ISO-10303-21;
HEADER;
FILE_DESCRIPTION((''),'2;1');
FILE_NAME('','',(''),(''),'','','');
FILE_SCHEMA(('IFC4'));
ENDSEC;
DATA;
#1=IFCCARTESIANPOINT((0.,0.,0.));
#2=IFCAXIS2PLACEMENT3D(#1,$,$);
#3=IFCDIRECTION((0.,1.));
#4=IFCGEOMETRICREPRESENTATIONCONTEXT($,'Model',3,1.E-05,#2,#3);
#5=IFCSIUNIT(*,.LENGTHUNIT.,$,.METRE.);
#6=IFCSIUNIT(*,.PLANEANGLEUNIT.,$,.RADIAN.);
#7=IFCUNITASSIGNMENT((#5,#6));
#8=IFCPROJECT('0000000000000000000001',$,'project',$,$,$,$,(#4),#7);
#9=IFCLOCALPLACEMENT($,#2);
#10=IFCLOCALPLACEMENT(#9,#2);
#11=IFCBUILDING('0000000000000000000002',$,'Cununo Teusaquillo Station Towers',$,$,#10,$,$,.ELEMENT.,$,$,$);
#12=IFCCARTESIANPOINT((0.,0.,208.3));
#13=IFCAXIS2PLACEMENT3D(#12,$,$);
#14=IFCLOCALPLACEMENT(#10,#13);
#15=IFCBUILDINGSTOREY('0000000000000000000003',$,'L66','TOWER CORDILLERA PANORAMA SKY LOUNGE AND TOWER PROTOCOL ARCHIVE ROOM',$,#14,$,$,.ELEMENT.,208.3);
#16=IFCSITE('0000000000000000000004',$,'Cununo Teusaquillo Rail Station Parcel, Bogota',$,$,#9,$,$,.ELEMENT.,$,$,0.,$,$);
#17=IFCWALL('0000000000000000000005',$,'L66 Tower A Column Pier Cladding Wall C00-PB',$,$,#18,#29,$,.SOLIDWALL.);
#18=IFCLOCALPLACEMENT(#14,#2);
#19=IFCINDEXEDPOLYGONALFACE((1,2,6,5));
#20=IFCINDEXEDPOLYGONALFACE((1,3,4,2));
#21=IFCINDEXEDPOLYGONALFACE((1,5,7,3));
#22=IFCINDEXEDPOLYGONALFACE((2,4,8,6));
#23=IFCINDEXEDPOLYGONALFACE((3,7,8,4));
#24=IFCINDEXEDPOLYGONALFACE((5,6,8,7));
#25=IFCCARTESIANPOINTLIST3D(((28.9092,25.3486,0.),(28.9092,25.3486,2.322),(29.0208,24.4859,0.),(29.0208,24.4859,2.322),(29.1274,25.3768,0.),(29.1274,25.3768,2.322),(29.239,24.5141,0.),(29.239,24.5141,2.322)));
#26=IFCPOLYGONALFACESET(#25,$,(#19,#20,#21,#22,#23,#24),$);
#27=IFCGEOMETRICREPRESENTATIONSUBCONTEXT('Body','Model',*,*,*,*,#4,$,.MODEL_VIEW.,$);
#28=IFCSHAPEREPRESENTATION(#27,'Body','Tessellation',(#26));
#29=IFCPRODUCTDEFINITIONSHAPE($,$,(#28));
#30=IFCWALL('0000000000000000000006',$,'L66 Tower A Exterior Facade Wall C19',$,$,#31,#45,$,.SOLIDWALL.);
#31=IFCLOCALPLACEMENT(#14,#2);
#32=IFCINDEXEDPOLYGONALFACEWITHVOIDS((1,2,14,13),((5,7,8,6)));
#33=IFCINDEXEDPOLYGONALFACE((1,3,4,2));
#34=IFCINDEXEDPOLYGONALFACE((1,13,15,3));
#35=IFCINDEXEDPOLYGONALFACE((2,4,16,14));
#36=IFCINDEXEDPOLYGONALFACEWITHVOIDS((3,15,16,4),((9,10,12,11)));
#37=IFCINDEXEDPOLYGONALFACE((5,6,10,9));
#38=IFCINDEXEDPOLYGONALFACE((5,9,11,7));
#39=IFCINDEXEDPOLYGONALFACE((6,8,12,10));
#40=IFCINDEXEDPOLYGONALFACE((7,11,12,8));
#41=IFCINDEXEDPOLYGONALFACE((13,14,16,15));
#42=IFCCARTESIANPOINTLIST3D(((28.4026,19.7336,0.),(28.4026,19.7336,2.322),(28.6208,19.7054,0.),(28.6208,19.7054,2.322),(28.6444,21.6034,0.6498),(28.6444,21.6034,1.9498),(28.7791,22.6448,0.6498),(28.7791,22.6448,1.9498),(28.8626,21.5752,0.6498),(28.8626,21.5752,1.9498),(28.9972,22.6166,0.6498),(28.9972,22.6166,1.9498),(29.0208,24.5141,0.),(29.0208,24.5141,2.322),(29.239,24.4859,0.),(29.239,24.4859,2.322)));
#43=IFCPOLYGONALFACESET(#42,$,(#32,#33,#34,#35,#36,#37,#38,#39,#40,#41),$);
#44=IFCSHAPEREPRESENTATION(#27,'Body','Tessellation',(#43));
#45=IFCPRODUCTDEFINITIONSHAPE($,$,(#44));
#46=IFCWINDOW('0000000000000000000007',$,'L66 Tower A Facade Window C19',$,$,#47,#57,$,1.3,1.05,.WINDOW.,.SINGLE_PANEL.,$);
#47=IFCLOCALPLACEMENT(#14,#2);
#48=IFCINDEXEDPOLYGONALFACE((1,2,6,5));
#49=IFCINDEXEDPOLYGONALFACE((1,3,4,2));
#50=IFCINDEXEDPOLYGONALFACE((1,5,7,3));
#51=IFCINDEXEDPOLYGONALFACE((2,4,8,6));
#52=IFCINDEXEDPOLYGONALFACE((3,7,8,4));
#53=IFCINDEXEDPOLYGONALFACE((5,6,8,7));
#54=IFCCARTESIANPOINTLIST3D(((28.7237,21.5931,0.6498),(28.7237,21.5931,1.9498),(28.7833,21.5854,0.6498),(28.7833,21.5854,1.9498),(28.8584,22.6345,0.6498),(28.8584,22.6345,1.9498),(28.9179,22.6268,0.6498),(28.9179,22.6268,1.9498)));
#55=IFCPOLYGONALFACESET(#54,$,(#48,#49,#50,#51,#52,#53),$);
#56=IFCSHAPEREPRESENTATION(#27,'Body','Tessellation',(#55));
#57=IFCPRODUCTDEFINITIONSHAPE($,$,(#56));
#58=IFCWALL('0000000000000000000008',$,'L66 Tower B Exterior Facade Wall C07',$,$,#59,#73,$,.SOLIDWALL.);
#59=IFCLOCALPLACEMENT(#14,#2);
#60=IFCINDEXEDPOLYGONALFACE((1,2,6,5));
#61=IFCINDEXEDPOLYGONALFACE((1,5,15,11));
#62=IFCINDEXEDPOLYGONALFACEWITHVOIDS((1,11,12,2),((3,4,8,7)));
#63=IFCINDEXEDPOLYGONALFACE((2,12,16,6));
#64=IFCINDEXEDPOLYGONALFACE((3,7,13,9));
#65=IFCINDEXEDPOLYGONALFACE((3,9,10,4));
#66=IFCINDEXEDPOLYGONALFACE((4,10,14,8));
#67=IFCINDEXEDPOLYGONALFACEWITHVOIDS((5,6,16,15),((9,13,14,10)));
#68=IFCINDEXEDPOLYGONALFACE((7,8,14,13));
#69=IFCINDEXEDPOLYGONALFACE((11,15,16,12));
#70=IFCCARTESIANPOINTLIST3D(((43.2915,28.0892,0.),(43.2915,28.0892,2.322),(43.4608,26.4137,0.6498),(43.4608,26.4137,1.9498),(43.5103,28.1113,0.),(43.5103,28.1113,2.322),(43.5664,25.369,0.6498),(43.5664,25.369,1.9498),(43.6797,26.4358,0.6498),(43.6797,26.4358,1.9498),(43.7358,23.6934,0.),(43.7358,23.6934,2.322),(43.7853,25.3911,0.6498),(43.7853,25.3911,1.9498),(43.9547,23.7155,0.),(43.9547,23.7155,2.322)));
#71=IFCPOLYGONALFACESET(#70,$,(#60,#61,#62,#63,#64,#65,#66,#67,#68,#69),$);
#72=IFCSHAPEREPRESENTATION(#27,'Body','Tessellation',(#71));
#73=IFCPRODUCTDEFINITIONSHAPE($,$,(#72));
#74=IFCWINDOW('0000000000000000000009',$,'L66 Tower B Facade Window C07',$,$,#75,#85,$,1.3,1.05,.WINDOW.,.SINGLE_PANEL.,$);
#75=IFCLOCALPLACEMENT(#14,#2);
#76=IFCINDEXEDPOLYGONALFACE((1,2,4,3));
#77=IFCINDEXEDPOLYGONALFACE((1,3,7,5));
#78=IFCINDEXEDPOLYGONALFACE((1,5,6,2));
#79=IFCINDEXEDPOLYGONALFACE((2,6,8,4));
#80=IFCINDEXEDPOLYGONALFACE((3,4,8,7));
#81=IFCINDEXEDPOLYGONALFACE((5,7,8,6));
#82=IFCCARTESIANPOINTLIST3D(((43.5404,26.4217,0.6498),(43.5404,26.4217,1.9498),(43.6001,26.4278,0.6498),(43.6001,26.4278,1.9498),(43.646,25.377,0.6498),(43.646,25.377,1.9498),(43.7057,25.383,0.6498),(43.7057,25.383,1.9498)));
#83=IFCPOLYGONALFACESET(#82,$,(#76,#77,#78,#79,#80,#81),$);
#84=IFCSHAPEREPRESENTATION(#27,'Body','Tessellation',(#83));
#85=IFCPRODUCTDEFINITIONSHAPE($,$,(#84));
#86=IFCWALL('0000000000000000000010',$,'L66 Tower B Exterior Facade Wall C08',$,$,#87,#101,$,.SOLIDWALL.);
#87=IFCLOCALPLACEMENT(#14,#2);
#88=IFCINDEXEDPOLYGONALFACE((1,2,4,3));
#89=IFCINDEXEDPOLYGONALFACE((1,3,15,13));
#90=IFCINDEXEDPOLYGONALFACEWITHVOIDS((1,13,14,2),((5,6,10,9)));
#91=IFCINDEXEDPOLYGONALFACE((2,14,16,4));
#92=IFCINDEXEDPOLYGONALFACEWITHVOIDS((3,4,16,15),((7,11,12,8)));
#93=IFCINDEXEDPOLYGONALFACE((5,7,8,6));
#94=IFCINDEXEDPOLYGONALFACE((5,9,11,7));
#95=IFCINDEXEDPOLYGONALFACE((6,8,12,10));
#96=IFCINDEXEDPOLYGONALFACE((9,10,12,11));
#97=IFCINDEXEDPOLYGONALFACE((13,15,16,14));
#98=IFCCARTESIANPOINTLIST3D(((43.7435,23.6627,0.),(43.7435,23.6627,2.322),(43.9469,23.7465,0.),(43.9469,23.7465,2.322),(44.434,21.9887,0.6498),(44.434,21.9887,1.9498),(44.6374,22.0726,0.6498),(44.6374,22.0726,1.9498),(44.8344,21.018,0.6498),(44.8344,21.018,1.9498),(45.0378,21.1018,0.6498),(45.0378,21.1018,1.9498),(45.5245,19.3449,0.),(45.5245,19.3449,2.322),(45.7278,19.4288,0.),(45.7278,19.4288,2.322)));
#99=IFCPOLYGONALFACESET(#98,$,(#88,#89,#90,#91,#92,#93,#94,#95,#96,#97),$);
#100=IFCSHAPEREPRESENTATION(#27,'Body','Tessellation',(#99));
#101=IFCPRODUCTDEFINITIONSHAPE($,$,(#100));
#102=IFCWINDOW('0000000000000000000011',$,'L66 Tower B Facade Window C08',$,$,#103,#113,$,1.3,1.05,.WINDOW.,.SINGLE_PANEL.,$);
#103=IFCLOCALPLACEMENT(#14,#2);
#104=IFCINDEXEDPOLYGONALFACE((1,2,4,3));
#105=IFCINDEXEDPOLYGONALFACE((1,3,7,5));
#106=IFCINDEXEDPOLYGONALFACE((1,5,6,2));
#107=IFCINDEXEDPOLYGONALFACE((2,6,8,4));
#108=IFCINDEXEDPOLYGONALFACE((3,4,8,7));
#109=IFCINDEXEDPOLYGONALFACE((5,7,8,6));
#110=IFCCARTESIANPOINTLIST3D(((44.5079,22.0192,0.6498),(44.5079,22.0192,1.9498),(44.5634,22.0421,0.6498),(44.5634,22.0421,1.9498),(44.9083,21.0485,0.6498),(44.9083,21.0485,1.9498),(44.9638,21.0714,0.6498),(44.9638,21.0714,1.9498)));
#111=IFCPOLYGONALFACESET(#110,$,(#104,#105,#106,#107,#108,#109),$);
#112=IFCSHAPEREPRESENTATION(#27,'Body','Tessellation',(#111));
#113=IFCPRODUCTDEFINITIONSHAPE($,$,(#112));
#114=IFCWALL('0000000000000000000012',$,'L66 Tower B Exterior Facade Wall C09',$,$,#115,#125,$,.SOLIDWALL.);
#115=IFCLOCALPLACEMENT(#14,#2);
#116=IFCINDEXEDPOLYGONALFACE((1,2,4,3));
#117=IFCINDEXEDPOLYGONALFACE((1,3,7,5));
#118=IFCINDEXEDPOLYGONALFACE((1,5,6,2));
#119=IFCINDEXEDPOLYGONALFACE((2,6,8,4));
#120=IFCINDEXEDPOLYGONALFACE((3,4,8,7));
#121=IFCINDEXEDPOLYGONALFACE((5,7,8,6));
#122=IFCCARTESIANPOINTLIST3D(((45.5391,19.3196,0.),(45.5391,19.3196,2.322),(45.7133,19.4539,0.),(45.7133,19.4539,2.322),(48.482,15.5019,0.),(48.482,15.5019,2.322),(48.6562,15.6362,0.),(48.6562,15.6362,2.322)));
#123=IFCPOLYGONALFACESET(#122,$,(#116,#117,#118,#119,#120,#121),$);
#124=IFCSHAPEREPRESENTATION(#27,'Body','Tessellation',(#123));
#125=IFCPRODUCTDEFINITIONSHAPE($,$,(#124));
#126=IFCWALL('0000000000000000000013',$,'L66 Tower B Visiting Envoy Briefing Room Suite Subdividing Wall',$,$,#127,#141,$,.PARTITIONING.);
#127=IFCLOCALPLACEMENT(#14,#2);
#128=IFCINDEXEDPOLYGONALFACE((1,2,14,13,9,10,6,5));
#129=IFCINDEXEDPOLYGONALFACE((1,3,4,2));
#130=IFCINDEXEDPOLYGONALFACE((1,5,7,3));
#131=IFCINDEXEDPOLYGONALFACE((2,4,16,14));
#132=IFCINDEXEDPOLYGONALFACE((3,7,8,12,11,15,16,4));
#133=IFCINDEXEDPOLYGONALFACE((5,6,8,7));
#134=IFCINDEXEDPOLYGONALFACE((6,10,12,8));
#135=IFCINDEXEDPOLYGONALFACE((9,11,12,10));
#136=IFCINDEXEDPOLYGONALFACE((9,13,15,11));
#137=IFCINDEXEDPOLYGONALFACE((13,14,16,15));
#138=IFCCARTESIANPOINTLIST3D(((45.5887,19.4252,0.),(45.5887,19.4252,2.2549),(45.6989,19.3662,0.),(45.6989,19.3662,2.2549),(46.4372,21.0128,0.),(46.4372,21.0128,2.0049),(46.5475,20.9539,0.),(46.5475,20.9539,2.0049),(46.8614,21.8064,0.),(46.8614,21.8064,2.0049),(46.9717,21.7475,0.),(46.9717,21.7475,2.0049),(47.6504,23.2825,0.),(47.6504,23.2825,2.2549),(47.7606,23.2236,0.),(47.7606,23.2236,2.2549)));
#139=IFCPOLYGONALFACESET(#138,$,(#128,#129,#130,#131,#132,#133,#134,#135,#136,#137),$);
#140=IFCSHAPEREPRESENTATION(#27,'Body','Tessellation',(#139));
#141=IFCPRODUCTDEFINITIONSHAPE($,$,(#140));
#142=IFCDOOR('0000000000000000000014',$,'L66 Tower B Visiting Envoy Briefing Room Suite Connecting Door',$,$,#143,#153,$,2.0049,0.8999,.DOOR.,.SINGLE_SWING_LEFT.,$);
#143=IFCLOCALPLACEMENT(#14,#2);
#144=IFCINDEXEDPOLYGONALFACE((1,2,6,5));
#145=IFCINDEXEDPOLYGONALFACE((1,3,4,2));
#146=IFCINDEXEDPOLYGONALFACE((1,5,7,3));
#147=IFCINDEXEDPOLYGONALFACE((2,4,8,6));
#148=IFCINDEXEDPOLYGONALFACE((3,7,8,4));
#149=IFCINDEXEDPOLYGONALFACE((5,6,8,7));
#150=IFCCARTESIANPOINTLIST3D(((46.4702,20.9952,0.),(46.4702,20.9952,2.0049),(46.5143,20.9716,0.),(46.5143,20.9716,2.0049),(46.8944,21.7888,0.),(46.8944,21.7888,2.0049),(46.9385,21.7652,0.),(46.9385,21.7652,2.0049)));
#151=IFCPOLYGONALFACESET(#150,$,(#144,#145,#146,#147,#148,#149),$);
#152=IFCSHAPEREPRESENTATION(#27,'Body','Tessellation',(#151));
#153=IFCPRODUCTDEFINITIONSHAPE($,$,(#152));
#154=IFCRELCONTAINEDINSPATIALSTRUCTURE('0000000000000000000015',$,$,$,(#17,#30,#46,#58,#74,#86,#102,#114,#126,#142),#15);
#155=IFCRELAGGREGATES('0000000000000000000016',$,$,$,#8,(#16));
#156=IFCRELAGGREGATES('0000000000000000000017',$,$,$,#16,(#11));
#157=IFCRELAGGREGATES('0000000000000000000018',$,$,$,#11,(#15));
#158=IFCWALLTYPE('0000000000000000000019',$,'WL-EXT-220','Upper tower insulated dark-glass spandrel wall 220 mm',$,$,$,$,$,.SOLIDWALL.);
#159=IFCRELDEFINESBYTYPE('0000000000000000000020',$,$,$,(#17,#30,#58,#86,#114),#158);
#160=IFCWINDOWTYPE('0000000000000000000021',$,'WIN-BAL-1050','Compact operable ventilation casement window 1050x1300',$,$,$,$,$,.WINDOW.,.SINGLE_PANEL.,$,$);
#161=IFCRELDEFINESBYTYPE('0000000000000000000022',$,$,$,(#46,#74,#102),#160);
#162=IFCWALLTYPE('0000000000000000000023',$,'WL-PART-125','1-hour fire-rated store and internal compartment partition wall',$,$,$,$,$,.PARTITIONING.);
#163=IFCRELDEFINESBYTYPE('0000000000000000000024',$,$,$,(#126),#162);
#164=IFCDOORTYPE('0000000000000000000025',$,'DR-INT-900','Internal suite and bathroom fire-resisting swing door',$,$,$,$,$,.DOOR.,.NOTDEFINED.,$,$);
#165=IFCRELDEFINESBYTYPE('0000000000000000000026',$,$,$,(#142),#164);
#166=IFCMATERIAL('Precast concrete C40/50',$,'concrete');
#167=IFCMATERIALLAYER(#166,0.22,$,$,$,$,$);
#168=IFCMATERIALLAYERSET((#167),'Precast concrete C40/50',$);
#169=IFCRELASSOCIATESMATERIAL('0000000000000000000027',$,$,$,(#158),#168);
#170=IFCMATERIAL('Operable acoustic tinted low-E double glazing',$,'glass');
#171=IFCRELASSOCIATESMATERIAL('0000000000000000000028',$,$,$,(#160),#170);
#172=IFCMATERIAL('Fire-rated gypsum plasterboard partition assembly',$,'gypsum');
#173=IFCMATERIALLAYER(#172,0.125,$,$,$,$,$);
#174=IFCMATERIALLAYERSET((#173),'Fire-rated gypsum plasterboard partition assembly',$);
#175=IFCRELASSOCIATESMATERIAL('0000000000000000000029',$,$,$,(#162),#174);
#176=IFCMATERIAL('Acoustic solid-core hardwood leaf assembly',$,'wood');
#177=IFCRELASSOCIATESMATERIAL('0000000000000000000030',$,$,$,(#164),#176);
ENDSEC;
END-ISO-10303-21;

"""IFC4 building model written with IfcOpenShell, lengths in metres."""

from ifc_helpers import new_model, si_unit, direction, frame, frame_2d, origin, place, context, subcontext, project, spatial, rectangle, extrude, source, transform, mapped, material, layer, layer_set, type_object, element, fill, save


model = new_model("IFC4")

# Units and contexts
model_context = context("Model", 3, precision=1e-05, world=origin(), true_north=direction((0.0, 1.0)))
body_context = subcontext(model_context, "Body", "Model", "MODEL_VIEW")
ifc_project = project(units=[si_unit("LENGTHUNIT", "METRE"), si_unit("PLANEANGLEUNIT", "RADIAN")], contexts=[model_context])

# Site, building, storey
site_placement = place(None, origin())
site = spatial("IfcSite", under=ifc_project, at=site_placement, Name="Cununo Teusaquillo Rail Station Parcel, Bogota", CompositionType="ELEMENT", RefElevation=0.0)
building_placement = place(site_placement, origin())
building = spatial("IfcBuilding", under=site, at=building_placement, Name="Cununo Teusaquillo Station Towers", CompositionType="ELEMENT")
storey_placement = place(building_placement, frame((0.0, 0.0, 208.3)))
storey = spatial("IfcBuildingStorey", under=building, at=storey_placement, Name="L66", Description="TOWER CORDILLERA PANORAMA SKY LOUNGE AND TOWER PROTOCOL ARCHIVE ROOM", CompositionType="ELEMENT", Elevation=208.3)

# Wall
ifc_material_1 = material(Name="Precast concrete C40/50", Category="concrete")
ifc_layer_1 = layer(ifc_material_1, 0.22)
ifc_layer_set_1 = layer_set([ifc_layer_1], Name="Precast concrete C40/50")
wall_type_1 = type_object("IfcWallType", Name="WL-EXT-220", Description="Upper tower insulated dark-glass spandrel wall 220 mm", PredefinedType="SOLIDWALL", material=ifc_layer_set_1)
wall_1_placement = place(storey_placement, frame((29.0183, 25.3628, 0.0), z_axis=(0.0, 0.0, 1.0), x_axis=(0.128247, -0.991742, 0.0)))
element("IfcWall", 1, at=wall_1_placement, inside=storey, type_object=wall_type_1, Name="L66 Tower A Column Pier Cladding Wall C00-PB", PredefinedType="SOLIDWALL", context=body_context, shape_type="SweptSolid", body=[
    extrude(rectangle(XDim=0.8699, YDim=0.22, at=frame_2d((0.4351, 0.0))), origin(), (0.0, 0.0, 1.0), 2.322),
])

# Walls, openings, windows
wall_2_placement = place(storey_placement, frame((29.1299, 24.5, 0.0), z_axis=(0.0, 0.0, 1.0), x_axis=(-0.128241, -0.991743, 0.0)))
wall_2 = element("IfcWall", 2, at=wall_2_placement, inside=storey, type_object=wall_type_1, Name="L66 Tower A Exterior Facade Wall C19", PredefinedType="SOLIDWALL", context=body_context, shape_type="SweptSolid", body=[
    extrude(rectangle(XDim=4.8203, YDim=0.22, at=frame_2d((2.4102, 0.0))), origin(), (0.0, 0.0, 1.0), 2.322),
])
shared_shape_1 = source(origin(), body_context, "Body", "SweptSolid", [
    extrude(rectangle(XDim=1.05, YDim=1.3, at=frame_2d((0.5249, 0.6499))), frame((0.0, 0.1199, 0.0), z_axis=(0.0, -1.0, 0.0), x_axis=(1.0, 0.0, 0.0)), (0.0, 0.0, 1.0), 0.24),
])
opening_1_placement = place(wall_2_placement, frame((1.885, 0.0, 0.6499)))
opening_1 = element("IfcOpeningElement", 3, at=opening_1_placement, cuts=wall_2, PredefinedType="OPENING", context=body_context, shape_type="MappedRepresentation", body=[
    mapped(shared_shape_1, transform((0.0, 0.0, 0.0), x_axis=(1.0, 0.0, 0.0), y_axis=(0.0, 1.0, 0.0), z_axis=(0.0, 0.0, 1.0), scale=1.0)),
])
ifc_material_2 = material(Name="Operable acoustic tinted low-E double glazing", Category="glass")
window_type = type_object("IfcWindowType", Name="WIN-BAL-1050", Description="Compact operable ventilation casement window 1050x1300", PartitioningType="SINGLE_PANEL", PredefinedType="WINDOW", material=ifc_material_2)
shared_shape_2 = source(origin(), body_context, "Body", "SweptSolid", [
    extrude(rectangle(XDim=1.05, YDim=1.3, at=frame_2d((0.5249, 0.6499))), frame((0.0, 0.03, 0.0), z_axis=(0.0, -1.0, 0.0), x_axis=(1.0, 0.0, 0.0)), (0.0, 0.0, 1.0), 0.0601),
])
window_1_placement = place(opening_1_placement, origin())
window_1 = element("IfcWindow", 4, at=window_1_placement, inside=storey, type_object=window_type, Name="L66 Tower A Facade Window C19", OverallHeight=1.3, OverallWidth=1.05, PartitioningType="SINGLE_PANEL", PredefinedType="WINDOW", context=body_context, shape_type="MappedRepresentation", body=[
    mapped(shared_shape_2, transform((0.0, 0.0, 0.0), x_axis=(1.0, 0.0, 0.0), y_axis=(0.0, 1.0, 0.0), z_axis=(0.0, 0.0, 1.0), scale=1.0)),
])
fill(opening_1, window_1)
wall_3_placement = place(storey_placement, frame((43.8452, 23.7046, 0.0), z_axis=(0.0, 0.0, 1.0), x_axis=(-0.100571, 0.99493, 0.0)))
wall_3 = element("IfcWall", 5, at=wall_3_placement, inside=storey, type_object=wall_type_1, Name="L66 Tower B Exterior Facade Wall C07", PredefinedType="SOLIDWALL", context=body_context, shape_type="SweptSolid", body=[
    extrude(rectangle(XDim=4.4182, YDim=0.22, at=frame_2d((2.209, 0.0))), origin(), (0.0, 0.0, 1.0), 2.322),
])
opening_2_placement = place(wall_3_placement, frame((1.6841, 0.0, 0.6499)))
opening_2 = element("IfcOpeningElement", 6, at=opening_2_placement, cuts=wall_3, PredefinedType="OPENING", context=body_context, shape_type="MappedRepresentation", body=[
    mapped(shared_shape_1, transform((0.0, 0.0, 0.0), x_axis=(1.0, 0.0, 0.0), y_axis=(0.0, 1.0, 0.0), z_axis=(0.0, 0.0, 1.0), scale=1.0)),
])
window_2_placement = place(opening_2_placement, origin())
window_2 = element("IfcWindow", 7, at=window_2_placement, inside=storey, type_object=window_type, Name="L66 Tower B Facade Window C07", OverallHeight=1.3, OverallWidth=1.05, PartitioningType="SINGLE_PANEL", PredefinedType="WINDOW", context=body_context, shape_type="MappedRepresentation", body=[
    mapped(shared_shape_2, transform((0.0, 0.0, 0.0), x_axis=(1.0, 0.0, 0.0), y_axis=(0.0, 1.0, 0.0), z_axis=(0.0, 0.0, 1.0), scale=1.0)),
])
fill(opening_2, window_2)
wall_4_placement = place(storey_placement, frame((45.6262, 19.3867, 0.0), z_axis=(0.0, 0.0, 1.0), x_axis=(-0.38131, 0.924447, 0.0)))
wall_4 = element("IfcWall", 8, at=wall_4_placement, inside=storey, type_object=wall_type_1, Name="L66 Tower B Exterior Facade Wall C08", PredefinedType="SOLIDWALL", context=body_context, shape_type="SweptSolid", body=[
    extrude(rectangle(XDim=4.6707, YDim=0.22, at=frame_2d((2.3354, 0.0))), origin(), (0.0, 0.0, 1.0), 2.322),
])
opening_3_placement = place(wall_4_placement, frame((1.8101, 0.0, 0.6499)))
opening_3 = element("IfcOpeningElement", 9, at=opening_3_placement, cuts=wall_4, PredefinedType="OPENING", context=body_context, shape_type="MappedRepresentation", body=[
    mapped(shared_shape_1, transform((0.0, 0.0, 0.0), x_axis=(1.0, 0.0, 0.0), y_axis=(0.0, 1.0, 0.0), z_axis=(0.0, 0.0, 1.0), scale=1.0)),
])
window_3_placement = place(opening_3_placement, origin())
window_3 = element("IfcWindow", 10, at=window_3_placement, inside=storey, type_object=window_type, Name="L66 Tower B Facade Window C08", OverallHeight=1.3, OverallWidth=1.05, PartitioningType="SINGLE_PANEL", PredefinedType="WINDOW", context=body_context, shape_type="MappedRepresentation", body=[
    mapped(shared_shape_2, transform((0.0, 0.0, 0.0), x_axis=(1.0, 0.0, 0.0), y_axis=(0.0, 1.0, 0.0), z_axis=(0.0, 0.0, 1.0), scale=1.0)),
])
fill(opening_3, window_3)

# Wall
wall_5_placement = place(storey_placement, frame((48.5691, 15.5691, 0.0), z_axis=(0.0, 0.0, 1.0), x_axis=(-0.610523, 0.791998, 0.0)))
element("IfcWall", 11, at=wall_5_placement, inside=storey, type_object=wall_type_1, Name="L66 Tower B Exterior Facade Wall C09", PredefinedType="SOLIDWALL", context=body_context, shape_type="SweptSolid", body=[
    extrude(rectangle(XDim=4.8203, YDim=0.22, at=frame_2d((2.4102, 0.0))), origin(), (0.0, 0.0, 1.0), 2.322),
])

# Wall, opening, door
ifc_material_3 = material(Name="Fire-rated gypsum plasterboard partition assembly", Category="gypsum")
ifc_layer_2 = layer(ifc_material_3, 0.125)
ifc_layer_set_2 = layer_set([ifc_layer_2], Name="Fire-rated gypsum plasterboard partition assembly")
wall_type_2 = type_object("IfcWallType", Name="WL-PART-125", Description="1-hour fire-rated store and internal compartment partition wall", PredefinedType="PARTITIONING", material=ifc_layer_set_2)
wall_6_placement = place(storey_placement, frame((47.7056, 23.2532, 0.0), z_axis=(0.0, 0.0, 1.0), x_axis=(-0.471385, -0.881928, 0.0)))
wall_6 = element("IfcWall", 12, at=wall_6_placement, inside=storey, type_object=wall_type_2, Name="L66 Tower B Visiting Envoy Briefing Room Suite Subdividing Wall", PredefinedType="PARTITIONING", context=body_context, shape_type="SweptSolid", body=[
    extrude(rectangle(XDim=4.3738, YDim=0.125, at=frame_2d((2.187, 0.0))), origin(), (0.0, 0.0, 1.0), 2.2549),
])
shared_shape_3 = source(origin(), body_context, "Body", "SweptSolid", [
    extrude(rectangle(XDim=0.8999, YDim=2.0049, at=frame_2d((0.45, 1.0024))), frame((0.0, 0.0725, 0.0), z_axis=(0.0, -1.0, 0.0), x_axis=(1.0, 0.0, 0.0)), (0.0, 0.0, 1.0), 0.145),
])
opening_4_placement = place(wall_6_placement, frame((1.6738, 0.0, 0.0)))
opening_4 = element("IfcOpeningElement", 13, at=opening_4_placement, cuts=wall_6, PredefinedType="OPENING", context=body_context, shape_type="MappedRepresentation", body=[
    mapped(shared_shape_3, transform((0.0, 0.0, 0.0), x_axis=(1.0, 0.0, 0.0), y_axis=(0.0, 1.0, 0.0), z_axis=(0.0, 0.0, 1.0), scale=1.0)),
])
ifc_material_4 = material(Name="Acoustic solid-core hardwood leaf assembly", Category="wood")
door_type_1 = type_object("IfcDoorType", Name="DR-INT-900", Description="Internal suite and bathroom fire-resisting swing door", OperationType="NOTDEFINED", PredefinedType="DOOR", material=ifc_material_4)
shared_shape_4 = source(origin(), body_context, "Body", "SweptSolid", [
    extrude(rectangle(XDim=0.8999, YDim=2.0049, at=frame_2d((0.45, 1.0024))), frame((0.0, 0.0249, 0.0), z_axis=(0.0, -1.0, 0.0), x_axis=(1.0, 0.0, 0.0)), (0.0, 0.0, 1.0), 0.05),
])
door_1_placement = place(opening_4_placement, origin())
door_1 = element("IfcDoor", 14, at=door_1_placement, inside=storey, type_object=door_type_1, Name="L66 Tower B Visiting Envoy Briefing Room Suite Connecting Door", OperationType="SINGLE_SWING_LEFT", OverallHeight=2.0049, OverallWidth=0.8999, PredefinedType="DOOR", context=body_context, shape_type="MappedRepresentation", body=[
    mapped(shared_shape_4, transform((0.0, 0.0, 0.0), x_axis=(1.0, 0.0, 0.0), y_axis=(0.0, 1.0, 0.0), z_axis=(0.0, 0.0, 1.0), scale=1.0)),
])
fill(opening_4, door_1)

save(model, "model.ifc")
